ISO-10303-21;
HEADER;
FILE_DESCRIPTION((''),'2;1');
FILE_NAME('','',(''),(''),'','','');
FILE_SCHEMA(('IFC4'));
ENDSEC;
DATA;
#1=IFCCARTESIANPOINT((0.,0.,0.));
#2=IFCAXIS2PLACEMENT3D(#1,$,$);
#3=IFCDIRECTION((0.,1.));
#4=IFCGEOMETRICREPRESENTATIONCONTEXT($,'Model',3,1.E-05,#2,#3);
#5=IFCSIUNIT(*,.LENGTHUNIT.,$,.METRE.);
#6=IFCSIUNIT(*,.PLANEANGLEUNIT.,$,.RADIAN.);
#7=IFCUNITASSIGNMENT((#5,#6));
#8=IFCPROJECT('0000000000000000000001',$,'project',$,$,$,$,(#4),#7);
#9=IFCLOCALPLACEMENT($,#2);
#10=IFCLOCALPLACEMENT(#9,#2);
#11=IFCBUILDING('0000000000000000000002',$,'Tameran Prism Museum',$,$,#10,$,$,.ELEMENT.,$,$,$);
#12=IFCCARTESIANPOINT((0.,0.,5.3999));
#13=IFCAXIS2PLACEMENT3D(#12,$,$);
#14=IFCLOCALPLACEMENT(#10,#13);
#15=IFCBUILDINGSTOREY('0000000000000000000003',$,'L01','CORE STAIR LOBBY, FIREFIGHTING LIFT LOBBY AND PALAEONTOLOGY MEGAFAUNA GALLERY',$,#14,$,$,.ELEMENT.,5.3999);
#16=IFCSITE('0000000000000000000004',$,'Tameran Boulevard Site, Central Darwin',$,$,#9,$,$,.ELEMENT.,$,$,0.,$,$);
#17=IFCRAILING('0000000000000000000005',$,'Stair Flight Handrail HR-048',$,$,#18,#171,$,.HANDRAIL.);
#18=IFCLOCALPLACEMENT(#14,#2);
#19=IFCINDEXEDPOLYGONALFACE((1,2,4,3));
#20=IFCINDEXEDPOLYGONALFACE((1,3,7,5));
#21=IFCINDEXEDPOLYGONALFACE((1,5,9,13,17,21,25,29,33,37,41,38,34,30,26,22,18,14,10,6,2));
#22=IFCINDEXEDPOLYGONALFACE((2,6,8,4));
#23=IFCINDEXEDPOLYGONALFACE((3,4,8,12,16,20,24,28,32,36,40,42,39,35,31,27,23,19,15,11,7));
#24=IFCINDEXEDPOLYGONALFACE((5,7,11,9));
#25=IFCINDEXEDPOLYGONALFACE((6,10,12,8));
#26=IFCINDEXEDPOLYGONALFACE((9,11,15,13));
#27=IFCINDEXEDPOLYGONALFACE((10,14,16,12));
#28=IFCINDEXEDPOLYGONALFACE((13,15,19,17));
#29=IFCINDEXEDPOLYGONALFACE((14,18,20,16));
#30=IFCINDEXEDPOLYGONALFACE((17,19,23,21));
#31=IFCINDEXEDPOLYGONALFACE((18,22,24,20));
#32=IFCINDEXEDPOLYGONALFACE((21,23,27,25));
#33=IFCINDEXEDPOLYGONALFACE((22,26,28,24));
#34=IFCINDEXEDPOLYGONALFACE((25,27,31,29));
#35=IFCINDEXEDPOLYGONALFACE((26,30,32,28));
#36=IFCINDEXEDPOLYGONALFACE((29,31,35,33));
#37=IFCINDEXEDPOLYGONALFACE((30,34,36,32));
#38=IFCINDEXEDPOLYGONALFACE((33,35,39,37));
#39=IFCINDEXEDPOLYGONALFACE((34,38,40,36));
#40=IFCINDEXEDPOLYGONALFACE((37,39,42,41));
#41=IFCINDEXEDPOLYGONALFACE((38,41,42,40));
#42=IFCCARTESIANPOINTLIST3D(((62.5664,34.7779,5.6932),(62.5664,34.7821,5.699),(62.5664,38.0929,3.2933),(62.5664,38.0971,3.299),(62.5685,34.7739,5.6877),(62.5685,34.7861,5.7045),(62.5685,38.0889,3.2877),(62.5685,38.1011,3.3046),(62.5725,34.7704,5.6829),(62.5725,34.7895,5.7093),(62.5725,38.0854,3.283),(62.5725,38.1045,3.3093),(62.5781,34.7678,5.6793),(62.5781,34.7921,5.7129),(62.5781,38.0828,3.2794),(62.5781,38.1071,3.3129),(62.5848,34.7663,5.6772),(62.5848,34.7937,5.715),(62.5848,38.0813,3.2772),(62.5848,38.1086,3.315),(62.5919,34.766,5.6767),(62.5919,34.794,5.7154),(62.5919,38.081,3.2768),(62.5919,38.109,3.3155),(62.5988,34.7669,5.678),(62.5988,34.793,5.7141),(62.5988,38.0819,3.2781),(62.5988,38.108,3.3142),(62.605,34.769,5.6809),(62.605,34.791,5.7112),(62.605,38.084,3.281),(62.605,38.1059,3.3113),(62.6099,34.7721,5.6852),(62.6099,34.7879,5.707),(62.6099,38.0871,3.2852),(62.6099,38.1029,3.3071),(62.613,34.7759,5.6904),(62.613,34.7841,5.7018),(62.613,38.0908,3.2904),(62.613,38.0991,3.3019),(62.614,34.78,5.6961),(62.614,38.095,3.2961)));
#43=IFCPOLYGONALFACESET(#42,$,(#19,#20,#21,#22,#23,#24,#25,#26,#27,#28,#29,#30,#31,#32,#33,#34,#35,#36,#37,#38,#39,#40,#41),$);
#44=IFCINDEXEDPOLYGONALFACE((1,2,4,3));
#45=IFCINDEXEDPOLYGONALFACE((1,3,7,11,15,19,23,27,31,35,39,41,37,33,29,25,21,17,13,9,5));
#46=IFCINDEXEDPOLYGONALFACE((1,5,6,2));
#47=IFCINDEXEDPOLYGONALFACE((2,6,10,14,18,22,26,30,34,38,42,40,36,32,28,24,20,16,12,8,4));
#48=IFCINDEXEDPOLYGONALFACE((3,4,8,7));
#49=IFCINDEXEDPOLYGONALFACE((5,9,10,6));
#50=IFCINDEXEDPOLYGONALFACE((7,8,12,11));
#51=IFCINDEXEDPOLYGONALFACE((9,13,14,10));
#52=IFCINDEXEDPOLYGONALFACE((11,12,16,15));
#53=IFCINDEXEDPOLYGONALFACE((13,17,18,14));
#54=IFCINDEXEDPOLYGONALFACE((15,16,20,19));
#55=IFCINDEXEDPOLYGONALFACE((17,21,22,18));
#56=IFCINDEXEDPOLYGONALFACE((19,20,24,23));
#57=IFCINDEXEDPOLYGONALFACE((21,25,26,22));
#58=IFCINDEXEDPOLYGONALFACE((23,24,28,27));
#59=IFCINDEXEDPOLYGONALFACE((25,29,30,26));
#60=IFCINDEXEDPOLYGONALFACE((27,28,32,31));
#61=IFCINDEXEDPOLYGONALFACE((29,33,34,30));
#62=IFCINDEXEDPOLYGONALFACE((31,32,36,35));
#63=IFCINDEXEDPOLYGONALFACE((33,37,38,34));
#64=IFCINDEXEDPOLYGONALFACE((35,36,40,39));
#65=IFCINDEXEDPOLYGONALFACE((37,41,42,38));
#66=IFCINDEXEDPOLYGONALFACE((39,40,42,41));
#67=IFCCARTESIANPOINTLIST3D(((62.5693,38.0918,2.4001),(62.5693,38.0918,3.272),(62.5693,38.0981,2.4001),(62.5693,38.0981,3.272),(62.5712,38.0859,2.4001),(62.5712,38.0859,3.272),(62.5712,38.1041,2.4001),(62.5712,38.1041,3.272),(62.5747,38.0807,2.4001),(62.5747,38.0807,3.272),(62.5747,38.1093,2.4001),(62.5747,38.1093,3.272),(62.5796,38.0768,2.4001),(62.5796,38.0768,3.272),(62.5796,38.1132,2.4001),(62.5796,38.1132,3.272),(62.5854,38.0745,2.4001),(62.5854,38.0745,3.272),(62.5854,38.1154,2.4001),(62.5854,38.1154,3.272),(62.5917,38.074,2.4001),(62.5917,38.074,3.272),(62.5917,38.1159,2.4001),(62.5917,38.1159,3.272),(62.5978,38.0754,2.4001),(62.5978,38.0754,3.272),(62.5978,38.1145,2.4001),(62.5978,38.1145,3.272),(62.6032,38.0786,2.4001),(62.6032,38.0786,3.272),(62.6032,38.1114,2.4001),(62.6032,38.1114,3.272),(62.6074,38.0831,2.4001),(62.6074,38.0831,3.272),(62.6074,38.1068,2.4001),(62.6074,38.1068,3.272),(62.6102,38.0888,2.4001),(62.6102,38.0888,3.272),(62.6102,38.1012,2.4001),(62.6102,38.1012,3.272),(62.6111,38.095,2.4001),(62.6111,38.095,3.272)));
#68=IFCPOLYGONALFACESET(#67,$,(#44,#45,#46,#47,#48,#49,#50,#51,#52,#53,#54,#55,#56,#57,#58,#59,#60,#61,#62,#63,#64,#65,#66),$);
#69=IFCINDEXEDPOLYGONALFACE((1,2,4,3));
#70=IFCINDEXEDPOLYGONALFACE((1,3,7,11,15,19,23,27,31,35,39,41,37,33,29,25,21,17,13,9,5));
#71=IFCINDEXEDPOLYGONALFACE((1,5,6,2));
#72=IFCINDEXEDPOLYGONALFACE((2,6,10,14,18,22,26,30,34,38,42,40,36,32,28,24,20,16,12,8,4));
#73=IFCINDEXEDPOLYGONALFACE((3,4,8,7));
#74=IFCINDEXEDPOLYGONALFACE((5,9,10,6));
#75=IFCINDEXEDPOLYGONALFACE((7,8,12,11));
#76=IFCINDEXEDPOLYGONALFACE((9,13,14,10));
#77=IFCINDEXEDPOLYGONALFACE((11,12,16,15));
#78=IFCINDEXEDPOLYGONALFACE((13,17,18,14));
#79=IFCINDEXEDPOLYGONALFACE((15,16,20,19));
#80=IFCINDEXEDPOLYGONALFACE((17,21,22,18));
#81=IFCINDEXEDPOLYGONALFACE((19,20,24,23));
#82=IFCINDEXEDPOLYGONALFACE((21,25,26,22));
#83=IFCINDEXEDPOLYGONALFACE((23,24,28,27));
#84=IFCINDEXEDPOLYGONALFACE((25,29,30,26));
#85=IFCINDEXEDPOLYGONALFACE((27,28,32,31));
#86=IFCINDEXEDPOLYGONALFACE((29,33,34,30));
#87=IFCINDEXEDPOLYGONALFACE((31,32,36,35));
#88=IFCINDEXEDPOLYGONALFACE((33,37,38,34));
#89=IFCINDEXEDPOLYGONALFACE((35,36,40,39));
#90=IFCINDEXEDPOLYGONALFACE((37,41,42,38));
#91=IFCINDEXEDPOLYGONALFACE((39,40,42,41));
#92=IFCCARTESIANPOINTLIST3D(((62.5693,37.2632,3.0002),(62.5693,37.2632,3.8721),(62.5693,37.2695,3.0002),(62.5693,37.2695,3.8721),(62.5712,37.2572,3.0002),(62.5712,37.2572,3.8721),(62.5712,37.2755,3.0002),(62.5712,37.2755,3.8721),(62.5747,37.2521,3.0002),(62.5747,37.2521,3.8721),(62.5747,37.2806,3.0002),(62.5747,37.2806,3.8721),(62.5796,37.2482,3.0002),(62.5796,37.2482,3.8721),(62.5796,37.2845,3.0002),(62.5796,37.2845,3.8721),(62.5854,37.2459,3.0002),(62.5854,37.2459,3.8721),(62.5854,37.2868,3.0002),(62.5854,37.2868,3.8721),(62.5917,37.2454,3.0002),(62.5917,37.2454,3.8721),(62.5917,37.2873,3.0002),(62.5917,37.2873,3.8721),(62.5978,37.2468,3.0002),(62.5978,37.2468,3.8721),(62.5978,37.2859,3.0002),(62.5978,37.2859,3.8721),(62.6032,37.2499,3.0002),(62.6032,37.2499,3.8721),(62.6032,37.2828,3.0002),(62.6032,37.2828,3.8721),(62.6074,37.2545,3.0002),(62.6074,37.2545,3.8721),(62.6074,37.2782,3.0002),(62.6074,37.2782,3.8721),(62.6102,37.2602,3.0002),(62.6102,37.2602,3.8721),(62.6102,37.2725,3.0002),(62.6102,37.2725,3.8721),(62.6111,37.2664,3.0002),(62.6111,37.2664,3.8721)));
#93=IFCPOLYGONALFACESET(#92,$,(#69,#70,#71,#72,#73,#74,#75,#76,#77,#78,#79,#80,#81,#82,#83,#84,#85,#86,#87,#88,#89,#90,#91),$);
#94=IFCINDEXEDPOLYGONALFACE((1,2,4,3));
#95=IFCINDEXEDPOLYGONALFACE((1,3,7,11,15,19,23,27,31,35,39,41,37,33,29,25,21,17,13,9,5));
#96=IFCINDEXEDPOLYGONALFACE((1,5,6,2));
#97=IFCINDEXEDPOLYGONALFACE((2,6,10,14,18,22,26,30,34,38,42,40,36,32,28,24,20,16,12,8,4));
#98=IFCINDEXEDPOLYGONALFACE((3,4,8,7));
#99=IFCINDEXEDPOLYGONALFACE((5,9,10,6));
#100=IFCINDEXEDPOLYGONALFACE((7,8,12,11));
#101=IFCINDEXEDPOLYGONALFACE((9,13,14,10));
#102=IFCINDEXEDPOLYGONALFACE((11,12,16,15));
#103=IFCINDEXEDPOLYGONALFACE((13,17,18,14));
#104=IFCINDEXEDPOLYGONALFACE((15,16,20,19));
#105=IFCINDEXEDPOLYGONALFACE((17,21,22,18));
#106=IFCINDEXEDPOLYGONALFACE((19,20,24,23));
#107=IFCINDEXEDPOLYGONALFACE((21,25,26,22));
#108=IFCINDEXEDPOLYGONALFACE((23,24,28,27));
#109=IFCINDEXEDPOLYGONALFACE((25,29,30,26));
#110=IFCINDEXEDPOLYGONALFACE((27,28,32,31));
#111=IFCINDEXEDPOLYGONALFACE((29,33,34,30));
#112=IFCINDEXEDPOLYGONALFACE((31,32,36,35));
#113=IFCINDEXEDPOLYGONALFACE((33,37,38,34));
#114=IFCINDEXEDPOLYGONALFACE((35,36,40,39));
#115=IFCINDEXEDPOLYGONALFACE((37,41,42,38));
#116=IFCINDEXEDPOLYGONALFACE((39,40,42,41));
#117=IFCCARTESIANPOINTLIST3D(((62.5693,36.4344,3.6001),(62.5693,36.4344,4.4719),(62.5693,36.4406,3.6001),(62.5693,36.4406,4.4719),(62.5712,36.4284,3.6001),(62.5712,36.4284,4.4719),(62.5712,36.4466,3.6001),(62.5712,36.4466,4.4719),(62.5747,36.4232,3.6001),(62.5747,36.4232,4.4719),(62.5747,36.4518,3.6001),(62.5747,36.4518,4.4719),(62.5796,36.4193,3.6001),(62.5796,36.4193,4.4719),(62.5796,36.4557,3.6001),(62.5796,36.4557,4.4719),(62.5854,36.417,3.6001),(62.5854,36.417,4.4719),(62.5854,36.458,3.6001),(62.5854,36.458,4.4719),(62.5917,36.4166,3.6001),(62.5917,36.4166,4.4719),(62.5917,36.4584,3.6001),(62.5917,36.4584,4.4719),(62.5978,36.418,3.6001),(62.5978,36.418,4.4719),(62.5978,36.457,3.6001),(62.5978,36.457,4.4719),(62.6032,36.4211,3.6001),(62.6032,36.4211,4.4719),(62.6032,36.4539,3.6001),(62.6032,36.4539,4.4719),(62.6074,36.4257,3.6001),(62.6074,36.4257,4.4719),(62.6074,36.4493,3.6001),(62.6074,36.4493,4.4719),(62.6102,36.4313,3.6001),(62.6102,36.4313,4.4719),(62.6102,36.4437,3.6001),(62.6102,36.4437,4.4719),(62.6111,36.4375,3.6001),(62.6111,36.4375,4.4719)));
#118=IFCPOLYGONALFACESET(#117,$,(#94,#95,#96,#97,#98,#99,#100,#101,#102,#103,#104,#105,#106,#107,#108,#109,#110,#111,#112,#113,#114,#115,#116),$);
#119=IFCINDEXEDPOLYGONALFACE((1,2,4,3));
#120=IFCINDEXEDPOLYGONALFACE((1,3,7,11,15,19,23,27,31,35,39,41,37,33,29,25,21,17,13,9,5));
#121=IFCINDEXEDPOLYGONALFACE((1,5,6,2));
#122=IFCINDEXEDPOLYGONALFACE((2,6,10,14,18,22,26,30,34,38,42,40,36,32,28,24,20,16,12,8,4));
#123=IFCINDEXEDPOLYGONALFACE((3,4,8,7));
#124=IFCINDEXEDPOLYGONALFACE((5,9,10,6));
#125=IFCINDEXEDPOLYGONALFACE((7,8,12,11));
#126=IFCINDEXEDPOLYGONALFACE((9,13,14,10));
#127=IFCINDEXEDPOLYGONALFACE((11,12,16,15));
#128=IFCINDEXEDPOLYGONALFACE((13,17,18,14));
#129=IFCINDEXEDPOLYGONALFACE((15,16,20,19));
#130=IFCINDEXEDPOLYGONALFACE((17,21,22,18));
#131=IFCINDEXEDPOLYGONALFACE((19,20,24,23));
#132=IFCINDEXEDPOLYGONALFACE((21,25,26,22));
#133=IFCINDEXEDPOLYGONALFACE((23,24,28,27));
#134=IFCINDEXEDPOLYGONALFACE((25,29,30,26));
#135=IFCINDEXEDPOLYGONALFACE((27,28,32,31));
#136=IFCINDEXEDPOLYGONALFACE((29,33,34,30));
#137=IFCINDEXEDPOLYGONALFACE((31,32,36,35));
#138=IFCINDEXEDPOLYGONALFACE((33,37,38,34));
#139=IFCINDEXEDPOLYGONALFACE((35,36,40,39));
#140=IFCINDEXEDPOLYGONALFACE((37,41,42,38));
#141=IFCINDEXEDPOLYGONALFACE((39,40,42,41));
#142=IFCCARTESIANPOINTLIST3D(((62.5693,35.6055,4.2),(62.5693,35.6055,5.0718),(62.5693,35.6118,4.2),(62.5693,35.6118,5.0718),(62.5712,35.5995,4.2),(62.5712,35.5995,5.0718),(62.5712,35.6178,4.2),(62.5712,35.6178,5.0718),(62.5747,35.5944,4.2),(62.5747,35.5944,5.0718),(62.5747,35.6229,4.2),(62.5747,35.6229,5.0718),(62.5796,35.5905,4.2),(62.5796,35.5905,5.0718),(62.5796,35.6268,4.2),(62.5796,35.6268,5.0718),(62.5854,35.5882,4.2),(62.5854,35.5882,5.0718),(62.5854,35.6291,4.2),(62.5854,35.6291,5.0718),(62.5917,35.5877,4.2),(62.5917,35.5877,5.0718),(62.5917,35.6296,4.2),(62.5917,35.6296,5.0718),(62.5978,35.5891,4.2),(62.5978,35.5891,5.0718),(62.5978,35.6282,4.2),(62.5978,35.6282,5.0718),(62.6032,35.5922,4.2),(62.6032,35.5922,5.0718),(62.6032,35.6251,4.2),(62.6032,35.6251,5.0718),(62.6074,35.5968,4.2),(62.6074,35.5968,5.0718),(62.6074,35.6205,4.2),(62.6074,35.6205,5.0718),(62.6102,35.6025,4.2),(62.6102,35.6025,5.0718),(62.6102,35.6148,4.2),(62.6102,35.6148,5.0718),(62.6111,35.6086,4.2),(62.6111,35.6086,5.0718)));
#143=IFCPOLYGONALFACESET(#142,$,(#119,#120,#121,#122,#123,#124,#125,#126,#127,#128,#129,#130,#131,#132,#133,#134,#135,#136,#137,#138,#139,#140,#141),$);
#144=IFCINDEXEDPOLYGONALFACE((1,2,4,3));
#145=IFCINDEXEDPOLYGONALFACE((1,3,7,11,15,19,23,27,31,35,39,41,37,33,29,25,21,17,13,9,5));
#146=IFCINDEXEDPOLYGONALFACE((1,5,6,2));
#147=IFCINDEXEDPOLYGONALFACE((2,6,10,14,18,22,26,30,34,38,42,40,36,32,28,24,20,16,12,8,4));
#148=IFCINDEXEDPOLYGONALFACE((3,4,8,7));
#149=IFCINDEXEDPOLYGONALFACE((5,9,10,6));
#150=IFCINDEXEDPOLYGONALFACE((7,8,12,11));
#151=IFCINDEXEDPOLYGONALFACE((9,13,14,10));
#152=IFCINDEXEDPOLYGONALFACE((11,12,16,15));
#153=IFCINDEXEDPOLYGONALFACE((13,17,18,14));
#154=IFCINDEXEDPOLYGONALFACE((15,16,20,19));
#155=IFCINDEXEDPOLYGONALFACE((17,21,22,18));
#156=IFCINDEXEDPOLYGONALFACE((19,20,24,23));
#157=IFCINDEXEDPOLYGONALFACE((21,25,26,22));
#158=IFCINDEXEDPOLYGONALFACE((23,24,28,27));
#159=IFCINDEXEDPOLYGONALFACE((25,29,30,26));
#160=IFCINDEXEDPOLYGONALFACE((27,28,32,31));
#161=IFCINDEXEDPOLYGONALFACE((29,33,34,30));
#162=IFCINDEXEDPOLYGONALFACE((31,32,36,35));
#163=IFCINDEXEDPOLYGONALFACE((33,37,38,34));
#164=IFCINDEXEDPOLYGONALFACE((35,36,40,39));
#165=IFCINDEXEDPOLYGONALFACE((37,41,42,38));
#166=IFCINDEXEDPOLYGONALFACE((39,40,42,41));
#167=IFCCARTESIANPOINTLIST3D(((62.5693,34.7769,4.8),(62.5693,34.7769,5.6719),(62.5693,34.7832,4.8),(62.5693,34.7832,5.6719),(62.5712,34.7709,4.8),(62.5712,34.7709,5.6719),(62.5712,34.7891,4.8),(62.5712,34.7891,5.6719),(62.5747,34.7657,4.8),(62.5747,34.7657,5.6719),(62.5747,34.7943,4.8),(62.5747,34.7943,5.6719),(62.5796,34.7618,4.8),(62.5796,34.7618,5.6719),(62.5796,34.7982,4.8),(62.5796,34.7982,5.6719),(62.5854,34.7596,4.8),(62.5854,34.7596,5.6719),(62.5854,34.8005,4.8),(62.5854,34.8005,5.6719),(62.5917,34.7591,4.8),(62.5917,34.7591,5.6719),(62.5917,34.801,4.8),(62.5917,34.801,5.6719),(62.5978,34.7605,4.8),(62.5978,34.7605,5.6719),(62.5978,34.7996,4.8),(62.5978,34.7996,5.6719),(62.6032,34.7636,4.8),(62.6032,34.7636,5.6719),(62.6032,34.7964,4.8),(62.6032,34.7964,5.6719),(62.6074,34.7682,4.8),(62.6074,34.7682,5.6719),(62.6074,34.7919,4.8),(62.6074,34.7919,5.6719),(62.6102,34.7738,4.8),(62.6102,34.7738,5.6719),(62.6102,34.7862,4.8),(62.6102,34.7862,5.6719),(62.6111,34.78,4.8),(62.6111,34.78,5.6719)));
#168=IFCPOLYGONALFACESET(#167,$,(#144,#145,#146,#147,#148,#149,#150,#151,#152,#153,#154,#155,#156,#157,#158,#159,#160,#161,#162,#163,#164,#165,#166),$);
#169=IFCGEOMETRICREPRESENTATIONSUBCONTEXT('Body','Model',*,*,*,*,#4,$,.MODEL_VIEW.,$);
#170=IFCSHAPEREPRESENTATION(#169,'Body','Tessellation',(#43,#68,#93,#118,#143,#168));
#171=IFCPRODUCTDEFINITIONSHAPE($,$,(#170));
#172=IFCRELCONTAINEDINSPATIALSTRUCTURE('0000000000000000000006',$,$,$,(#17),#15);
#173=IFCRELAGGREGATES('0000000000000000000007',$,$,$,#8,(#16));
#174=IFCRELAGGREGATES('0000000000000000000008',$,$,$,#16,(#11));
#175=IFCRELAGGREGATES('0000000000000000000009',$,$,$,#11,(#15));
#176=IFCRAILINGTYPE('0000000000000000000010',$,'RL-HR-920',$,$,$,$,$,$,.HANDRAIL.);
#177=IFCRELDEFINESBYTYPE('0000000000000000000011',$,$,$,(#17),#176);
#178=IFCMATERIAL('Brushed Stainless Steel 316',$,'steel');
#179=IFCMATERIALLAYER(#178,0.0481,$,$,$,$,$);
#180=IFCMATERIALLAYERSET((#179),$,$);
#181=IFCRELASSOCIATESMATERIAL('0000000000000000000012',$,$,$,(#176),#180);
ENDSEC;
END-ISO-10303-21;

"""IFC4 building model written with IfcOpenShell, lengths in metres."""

from ifc_helpers import new_model, si_unit, direction, frame, origin, origin_2d, place, context, subcontext, project, spatial, circle, extrude, material, layer, layer_set, type_object, element, save


model = new_model("IFC4")

# Units and contexts
model_context = context("Model", 3, precision=1e-05, world=origin(), true_north=direction((0.0, 1.0)))
body_context = subcontext(model_context, "Body", "Model", "MODEL_VIEW")
ifc_project = project(units=[si_unit("LENGTHUNIT", "METRE"), si_unit("PLANEANGLEUNIT", "RADIAN")], contexts=[model_context])

# Site, building, storey
site_placement = place(None, origin())
site = spatial("IfcSite", under=ifc_project, at=site_placement, Name="Tameran Boulevard Site, Central Darwin", CompositionType="ELEMENT", RefElevation=0.0)
building_placement = place(site_placement, origin())
building = spatial("IfcBuilding", under=site, at=building_placement, Name="Tameran Prism Museum", CompositionType="ELEMENT")
storey_placement = place(building_placement, frame((0.0, 0.0, 5.3999)))
storey = spatial("IfcBuildingStorey", under=building, at=storey_placement, Name="L01", Description="CORE STAIR LOBBY, FIREFIGHTING LIFT LOBBY AND PALAEONTOLOGY MEGAFAUNA GALLERY", CompositionType="ELEMENT", Elevation=5.3999)

# Railing
ifc_material_1 = material(Name="Brushed Stainless Steel 316", Category="steel")
ifc_layer_1 = layer(ifc_material_1, 0.0481)
ifc_layer_set_1 = layer_set([ifc_layer_1])
railing_type_1 = type_object("IfcRailingType", Name="RL-HR-920", PredefinedType="HANDRAIL", material=ifc_layer_set_1)
railing_1_placement = place(storey_placement, frame((62.5901, 38.095, 2.4001)))
element("IfcRailing", 1, at=railing_1_placement, inside=storey, type_object=railing_type_1, Name="Stair Flight Handrail HR-048", PredefinedType="HANDRAIL", context=body_context, shape_type="SweptSolid", body=[
    extrude(circle(Radius=0.0239, at=origin_2d()), frame((0.0, 0.0, 0.896), z_axis=(0.0, -0.810009, 0.586418), x_axis=(1.0, 0.0, 0.0)), (0.0, 0.0, 1.0), 4.0925),
    extrude(circle(Radius=0.021, at=origin_2d()), origin(), (0.0, 0.0, 1.0), 0.8718),
    extrude(circle(Radius=0.021, at=origin_2d()), frame((0.0, -0.8286, 0.6001)), (0.0, 0.0, 1.0), 0.8718),
    extrude(circle(Radius=0.021, at=origin_2d()), frame((0.0, -1.6575, 1.2)), (0.0, 0.0, 1.0), 0.8718),
    extrude(circle(Radius=0.021, at=origin_2d()), frame((0.0, -2.4863, 1.7998)), (0.0, 0.0, 1.0), 0.8718),
    extrude(circle(Radius=0.021, at=origin_2d()), frame((0.0, -3.3149, 2.3999)), (0.0, 0.0, 1.0), 0.8718),
])

save(model, "model.ifc")
